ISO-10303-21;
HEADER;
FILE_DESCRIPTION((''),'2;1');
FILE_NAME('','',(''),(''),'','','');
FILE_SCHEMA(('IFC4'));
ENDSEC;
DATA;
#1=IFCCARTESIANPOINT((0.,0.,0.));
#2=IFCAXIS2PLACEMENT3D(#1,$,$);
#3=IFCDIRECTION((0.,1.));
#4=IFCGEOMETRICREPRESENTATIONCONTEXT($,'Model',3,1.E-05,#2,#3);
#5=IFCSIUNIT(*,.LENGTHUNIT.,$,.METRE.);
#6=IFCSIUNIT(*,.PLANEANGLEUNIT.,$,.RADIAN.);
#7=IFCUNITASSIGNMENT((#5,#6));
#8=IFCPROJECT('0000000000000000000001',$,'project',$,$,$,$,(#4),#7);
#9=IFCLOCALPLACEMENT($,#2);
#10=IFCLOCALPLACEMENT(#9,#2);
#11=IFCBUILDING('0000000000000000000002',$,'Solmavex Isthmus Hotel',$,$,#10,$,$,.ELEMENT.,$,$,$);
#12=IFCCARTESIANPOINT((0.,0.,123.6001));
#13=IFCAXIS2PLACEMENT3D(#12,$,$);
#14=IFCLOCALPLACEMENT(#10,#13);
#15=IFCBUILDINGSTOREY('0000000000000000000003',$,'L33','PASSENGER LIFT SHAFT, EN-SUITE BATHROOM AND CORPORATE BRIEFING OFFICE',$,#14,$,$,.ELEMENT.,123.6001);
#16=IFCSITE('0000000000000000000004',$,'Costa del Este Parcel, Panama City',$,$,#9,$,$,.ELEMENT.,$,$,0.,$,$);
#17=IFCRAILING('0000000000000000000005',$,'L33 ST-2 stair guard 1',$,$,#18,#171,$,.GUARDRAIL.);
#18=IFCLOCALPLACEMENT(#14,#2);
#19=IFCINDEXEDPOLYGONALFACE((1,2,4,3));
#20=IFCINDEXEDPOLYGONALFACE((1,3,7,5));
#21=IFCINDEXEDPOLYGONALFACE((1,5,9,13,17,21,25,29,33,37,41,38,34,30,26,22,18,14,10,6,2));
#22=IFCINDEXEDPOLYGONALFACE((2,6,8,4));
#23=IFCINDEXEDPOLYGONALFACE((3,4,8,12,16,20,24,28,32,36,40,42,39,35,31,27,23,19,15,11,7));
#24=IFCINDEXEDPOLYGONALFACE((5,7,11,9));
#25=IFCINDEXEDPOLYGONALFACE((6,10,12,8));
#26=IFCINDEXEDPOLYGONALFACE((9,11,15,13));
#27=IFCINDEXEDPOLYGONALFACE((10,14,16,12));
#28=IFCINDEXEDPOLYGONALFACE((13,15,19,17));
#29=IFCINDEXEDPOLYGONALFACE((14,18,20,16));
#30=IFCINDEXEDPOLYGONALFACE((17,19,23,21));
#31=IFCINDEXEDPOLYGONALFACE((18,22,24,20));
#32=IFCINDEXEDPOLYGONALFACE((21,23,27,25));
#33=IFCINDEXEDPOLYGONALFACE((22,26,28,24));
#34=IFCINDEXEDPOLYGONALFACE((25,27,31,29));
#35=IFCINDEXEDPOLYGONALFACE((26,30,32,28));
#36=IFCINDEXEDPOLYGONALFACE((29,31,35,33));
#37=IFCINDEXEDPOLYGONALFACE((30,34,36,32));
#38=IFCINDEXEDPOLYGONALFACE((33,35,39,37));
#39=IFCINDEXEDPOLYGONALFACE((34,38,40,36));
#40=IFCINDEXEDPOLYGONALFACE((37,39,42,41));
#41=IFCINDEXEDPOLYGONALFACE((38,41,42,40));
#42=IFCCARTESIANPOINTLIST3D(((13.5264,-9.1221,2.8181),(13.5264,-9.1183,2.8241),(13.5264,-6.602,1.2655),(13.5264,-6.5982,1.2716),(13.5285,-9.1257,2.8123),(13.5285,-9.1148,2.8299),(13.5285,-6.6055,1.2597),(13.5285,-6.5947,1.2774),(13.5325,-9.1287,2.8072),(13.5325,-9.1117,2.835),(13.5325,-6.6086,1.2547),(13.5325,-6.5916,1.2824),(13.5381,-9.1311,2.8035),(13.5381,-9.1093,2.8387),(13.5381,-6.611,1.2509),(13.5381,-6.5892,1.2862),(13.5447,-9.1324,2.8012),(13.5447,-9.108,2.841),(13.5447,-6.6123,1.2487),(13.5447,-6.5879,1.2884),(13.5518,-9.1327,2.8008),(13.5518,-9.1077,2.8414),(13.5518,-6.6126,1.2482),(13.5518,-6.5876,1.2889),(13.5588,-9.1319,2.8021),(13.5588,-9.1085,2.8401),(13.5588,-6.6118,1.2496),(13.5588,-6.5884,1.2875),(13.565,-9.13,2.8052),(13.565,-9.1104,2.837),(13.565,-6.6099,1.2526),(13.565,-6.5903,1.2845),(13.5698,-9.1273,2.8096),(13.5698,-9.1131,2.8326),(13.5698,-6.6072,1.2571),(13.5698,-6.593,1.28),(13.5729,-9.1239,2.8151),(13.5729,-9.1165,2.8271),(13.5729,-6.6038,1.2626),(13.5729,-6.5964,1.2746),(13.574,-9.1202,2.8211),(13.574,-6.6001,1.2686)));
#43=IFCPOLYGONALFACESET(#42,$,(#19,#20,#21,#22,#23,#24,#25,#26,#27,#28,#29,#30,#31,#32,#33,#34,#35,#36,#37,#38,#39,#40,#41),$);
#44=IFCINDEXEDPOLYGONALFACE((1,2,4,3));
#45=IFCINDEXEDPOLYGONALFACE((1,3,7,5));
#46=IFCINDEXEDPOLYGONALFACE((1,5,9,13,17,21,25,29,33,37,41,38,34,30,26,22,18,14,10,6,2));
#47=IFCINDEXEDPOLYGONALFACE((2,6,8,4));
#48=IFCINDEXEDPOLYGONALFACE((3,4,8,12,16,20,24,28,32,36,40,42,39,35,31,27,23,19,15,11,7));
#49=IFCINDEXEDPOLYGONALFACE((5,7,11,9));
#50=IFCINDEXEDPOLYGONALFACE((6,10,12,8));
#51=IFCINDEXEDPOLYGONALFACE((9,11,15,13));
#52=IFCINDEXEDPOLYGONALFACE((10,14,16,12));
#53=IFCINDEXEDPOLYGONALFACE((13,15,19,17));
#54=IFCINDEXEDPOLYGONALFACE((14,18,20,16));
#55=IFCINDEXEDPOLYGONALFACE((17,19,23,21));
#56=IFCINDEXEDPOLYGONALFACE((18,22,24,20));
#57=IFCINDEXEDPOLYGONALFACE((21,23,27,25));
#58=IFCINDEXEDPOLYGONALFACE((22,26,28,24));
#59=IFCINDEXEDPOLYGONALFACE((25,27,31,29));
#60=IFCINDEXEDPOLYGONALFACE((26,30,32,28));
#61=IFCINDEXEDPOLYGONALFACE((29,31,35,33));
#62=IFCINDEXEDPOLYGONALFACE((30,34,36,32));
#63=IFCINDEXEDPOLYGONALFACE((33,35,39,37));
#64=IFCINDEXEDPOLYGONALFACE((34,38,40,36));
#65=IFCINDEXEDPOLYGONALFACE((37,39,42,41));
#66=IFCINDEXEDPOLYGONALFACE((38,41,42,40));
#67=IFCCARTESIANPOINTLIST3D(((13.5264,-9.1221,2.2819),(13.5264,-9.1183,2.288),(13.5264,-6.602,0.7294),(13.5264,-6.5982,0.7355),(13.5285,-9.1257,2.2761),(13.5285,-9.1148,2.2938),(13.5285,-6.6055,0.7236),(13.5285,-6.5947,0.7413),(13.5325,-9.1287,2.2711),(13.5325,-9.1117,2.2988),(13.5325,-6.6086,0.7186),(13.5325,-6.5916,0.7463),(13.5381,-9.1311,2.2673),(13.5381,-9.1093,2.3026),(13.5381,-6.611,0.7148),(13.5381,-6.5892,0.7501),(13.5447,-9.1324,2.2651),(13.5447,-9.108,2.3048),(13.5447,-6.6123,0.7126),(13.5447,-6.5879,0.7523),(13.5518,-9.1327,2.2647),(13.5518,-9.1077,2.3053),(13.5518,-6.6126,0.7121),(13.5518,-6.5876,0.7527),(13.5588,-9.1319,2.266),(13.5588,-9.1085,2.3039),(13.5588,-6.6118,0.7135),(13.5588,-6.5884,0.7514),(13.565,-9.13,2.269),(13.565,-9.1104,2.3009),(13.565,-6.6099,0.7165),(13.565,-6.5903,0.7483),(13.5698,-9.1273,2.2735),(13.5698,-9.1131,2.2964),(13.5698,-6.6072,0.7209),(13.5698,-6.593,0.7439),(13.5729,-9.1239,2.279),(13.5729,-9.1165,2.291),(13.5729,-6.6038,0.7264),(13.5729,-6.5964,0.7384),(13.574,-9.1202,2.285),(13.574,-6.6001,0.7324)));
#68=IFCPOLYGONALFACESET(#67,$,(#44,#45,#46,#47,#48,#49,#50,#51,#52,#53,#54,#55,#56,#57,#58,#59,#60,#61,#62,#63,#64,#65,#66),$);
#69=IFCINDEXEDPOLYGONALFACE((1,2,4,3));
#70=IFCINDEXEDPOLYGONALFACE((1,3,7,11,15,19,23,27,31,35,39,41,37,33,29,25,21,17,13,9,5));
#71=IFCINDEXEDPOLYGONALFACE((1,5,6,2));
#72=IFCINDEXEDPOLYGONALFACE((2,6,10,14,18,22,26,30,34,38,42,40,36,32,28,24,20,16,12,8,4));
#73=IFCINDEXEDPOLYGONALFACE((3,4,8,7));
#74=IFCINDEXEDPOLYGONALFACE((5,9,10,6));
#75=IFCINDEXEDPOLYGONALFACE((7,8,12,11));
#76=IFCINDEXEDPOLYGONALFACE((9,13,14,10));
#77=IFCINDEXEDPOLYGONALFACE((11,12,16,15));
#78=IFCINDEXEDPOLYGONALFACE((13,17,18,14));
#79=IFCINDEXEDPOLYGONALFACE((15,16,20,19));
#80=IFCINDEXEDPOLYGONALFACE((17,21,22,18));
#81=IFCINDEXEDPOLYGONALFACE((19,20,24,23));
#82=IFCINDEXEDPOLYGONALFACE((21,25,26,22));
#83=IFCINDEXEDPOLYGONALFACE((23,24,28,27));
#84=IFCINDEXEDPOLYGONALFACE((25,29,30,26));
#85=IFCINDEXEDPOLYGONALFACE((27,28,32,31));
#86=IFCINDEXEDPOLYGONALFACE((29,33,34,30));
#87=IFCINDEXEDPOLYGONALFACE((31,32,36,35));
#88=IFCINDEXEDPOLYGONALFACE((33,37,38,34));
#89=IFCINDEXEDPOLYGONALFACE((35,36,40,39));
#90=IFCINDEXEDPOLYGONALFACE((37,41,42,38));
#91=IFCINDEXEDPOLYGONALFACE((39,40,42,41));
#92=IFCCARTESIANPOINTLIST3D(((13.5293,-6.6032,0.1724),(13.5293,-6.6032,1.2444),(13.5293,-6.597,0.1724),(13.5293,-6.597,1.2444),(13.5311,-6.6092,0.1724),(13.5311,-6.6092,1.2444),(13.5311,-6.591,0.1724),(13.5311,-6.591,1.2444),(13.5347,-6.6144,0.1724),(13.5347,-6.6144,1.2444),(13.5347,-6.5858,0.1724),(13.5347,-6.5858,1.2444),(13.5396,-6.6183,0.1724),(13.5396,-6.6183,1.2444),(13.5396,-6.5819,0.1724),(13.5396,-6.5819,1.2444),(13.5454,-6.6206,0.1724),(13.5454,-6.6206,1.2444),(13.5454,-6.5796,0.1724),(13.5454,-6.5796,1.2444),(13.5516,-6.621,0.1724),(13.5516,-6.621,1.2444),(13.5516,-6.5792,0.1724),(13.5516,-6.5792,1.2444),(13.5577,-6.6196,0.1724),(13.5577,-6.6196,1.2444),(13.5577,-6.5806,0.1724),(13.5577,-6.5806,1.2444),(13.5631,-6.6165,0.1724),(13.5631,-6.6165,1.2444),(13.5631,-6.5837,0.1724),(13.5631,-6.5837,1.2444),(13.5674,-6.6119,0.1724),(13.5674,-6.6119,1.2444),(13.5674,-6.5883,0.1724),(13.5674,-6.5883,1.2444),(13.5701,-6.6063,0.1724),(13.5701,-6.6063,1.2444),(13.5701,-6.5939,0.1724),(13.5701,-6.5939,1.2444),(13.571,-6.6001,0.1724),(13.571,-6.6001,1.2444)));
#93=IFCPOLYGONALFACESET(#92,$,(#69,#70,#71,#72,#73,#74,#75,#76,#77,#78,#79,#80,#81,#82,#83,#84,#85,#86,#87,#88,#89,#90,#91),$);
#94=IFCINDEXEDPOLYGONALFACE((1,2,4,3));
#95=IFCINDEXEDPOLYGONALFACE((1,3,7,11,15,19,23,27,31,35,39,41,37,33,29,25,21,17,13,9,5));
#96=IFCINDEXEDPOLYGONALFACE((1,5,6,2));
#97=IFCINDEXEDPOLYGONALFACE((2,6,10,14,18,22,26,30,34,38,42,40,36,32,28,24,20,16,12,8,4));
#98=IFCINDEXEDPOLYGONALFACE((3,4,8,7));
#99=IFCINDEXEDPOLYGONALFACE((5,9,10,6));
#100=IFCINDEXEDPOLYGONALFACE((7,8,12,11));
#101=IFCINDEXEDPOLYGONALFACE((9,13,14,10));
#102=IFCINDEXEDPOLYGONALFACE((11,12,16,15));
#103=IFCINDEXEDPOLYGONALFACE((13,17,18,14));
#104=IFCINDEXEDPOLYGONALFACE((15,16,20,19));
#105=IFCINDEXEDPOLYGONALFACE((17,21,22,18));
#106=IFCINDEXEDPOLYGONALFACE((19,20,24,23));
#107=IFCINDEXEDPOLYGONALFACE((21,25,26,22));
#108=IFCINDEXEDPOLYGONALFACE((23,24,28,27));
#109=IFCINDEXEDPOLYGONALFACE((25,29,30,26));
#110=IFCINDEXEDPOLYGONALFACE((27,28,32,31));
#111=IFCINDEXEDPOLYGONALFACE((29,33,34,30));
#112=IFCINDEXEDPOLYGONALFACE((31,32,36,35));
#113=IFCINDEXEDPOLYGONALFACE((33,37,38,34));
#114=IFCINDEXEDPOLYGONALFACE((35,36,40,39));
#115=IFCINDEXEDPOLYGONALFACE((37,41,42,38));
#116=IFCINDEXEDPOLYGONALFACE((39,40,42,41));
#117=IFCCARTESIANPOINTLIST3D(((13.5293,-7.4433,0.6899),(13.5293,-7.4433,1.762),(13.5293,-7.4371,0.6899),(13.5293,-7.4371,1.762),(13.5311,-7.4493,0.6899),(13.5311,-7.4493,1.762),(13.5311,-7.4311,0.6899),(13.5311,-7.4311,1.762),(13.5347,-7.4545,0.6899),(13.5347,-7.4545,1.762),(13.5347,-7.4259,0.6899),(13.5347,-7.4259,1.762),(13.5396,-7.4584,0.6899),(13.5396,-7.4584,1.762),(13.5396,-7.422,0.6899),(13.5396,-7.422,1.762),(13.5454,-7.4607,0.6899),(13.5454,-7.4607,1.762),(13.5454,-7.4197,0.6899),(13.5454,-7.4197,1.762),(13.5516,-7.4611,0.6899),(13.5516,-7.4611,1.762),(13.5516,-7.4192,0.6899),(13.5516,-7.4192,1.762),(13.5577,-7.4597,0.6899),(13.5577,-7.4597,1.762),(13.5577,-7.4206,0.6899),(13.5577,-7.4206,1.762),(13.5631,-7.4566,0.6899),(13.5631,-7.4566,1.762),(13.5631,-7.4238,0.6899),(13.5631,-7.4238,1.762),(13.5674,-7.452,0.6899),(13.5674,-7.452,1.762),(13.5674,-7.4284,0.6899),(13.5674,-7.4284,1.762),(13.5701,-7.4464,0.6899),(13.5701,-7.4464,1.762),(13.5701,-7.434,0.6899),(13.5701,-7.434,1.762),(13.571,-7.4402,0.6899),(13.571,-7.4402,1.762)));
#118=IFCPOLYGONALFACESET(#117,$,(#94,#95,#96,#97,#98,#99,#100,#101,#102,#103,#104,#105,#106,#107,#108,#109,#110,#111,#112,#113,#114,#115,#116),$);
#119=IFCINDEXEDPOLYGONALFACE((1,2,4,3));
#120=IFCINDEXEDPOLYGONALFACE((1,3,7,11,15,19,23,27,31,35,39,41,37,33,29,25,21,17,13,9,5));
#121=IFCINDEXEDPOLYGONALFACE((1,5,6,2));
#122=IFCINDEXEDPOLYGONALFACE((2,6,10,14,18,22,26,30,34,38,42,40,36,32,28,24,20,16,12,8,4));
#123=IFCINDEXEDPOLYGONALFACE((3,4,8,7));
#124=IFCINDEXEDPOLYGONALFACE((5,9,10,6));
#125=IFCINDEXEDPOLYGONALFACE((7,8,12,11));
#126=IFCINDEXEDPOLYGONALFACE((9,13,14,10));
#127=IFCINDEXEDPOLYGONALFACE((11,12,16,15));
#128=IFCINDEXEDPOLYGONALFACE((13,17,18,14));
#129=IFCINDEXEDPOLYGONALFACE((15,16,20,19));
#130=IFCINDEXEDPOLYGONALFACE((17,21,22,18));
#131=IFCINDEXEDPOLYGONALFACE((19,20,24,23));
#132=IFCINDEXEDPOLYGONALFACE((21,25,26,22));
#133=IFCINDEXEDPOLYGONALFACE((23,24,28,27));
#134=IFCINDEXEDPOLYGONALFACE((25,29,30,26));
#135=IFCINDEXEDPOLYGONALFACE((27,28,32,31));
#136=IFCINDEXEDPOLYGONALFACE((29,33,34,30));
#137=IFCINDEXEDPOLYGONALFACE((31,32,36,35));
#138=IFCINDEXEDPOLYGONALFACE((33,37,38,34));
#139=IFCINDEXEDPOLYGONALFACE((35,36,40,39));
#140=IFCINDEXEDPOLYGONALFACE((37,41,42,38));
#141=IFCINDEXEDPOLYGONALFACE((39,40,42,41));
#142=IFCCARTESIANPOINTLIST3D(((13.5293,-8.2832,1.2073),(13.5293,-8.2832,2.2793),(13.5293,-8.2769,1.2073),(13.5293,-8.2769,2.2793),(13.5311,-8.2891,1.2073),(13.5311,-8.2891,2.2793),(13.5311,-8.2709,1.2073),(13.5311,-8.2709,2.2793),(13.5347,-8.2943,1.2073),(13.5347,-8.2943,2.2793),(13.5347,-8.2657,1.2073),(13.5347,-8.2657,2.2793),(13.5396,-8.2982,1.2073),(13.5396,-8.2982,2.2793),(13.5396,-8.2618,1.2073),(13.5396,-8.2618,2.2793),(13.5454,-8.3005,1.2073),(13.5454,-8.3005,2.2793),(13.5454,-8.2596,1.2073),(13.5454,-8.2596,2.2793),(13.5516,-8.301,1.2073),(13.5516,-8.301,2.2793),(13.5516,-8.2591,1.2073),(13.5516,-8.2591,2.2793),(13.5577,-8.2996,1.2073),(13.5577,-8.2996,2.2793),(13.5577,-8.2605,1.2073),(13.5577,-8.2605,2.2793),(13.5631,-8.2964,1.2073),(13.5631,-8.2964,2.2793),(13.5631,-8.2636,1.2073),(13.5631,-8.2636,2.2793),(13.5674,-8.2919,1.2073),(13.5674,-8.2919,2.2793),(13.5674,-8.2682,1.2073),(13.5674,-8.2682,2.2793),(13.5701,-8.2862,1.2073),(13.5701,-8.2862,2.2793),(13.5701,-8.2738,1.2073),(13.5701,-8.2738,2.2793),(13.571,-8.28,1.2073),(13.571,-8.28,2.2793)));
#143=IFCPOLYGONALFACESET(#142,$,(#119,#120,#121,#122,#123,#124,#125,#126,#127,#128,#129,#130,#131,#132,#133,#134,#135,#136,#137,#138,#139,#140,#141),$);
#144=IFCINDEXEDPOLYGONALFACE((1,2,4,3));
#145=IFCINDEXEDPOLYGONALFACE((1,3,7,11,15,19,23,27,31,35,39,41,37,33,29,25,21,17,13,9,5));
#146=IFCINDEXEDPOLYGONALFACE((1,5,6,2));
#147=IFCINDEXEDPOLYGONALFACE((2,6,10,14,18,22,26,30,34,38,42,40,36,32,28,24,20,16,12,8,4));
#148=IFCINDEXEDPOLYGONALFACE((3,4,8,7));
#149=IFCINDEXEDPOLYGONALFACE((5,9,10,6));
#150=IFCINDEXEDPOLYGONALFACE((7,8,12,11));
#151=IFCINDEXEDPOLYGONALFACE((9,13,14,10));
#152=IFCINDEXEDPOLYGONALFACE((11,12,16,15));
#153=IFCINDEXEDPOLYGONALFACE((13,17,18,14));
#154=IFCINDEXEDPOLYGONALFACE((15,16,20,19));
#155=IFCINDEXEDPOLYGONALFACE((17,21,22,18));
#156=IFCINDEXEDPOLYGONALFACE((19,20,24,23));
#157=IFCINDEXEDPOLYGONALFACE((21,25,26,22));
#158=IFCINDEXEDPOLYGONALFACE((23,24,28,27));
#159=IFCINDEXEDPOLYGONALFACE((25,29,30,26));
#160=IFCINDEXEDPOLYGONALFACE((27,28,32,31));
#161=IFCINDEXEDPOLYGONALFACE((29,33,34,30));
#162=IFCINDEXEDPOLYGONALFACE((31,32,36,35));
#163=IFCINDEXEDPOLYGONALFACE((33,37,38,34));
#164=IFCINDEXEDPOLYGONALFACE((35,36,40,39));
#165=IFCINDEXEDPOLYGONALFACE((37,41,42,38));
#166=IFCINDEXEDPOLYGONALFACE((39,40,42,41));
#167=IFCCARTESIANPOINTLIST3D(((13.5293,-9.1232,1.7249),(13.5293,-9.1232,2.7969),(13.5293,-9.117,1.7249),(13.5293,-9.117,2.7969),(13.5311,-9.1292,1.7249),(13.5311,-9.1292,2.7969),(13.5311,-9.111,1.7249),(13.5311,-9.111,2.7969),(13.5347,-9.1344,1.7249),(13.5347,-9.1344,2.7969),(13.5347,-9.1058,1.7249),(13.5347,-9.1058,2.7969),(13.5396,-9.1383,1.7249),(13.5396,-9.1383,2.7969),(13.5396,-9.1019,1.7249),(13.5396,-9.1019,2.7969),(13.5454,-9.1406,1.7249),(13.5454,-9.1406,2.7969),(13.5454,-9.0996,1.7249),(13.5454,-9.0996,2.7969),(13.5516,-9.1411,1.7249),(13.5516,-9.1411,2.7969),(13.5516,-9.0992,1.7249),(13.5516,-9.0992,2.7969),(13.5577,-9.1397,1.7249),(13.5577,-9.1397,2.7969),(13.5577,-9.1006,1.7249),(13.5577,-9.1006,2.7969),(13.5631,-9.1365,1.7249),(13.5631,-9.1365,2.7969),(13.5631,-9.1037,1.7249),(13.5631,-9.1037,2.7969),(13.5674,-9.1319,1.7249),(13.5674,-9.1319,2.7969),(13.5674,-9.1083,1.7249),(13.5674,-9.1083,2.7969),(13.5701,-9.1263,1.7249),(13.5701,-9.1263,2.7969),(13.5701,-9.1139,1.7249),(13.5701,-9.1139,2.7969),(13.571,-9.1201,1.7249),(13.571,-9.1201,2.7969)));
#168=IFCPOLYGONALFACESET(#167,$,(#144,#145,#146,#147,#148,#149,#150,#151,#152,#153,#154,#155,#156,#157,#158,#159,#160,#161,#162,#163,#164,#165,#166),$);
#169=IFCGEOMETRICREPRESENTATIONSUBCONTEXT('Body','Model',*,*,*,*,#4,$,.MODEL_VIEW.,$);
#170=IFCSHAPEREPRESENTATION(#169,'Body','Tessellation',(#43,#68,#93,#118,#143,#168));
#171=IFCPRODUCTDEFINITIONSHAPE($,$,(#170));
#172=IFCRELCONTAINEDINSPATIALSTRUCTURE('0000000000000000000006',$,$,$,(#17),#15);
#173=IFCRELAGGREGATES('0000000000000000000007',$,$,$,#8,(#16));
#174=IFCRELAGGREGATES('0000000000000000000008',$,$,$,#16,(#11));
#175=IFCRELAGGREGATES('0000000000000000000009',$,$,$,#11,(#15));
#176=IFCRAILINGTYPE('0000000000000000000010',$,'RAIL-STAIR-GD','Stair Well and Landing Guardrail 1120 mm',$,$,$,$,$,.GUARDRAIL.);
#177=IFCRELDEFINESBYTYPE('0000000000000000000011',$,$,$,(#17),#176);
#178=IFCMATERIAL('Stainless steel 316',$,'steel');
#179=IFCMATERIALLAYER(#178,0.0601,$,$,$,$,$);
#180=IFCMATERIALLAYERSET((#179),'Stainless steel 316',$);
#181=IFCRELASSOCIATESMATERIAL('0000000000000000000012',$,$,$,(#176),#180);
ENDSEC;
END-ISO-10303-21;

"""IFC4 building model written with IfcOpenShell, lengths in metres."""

from ifc_helpers import new_model, si_unit, direction, frame, origin, origin_2d, place, context, subcontext, project, spatial, circle, extrude, material, layer, layer_set, type_object, element, save


model = new_model("IFC4")

# Units and contexts
model_context = context("Model", 3, precision=1e-05, world=origin(), true_north=direction((0.0, 1.0)))
body_context = subcontext(model_context, "Body", "Model", "MODEL_VIEW")
ifc_project = project(units=[si_unit("LENGTHUNIT", "METRE"), si_unit("PLANEANGLEUNIT", "RADIAN")], contexts=[model_context])

# Site, building, storey
site_placement = place(None, origin())
site = spatial("IfcSite", under=ifc_project, at=site_placement, Name="Costa del Este Parcel, Panama City", CompositionType="ELEMENT", RefElevation=0.0)
building_placement = place(site_placement, origin())
building = spatial("IfcBuilding", under=site, at=building_placement, Name="Solmavex Isthmus Hotel", CompositionType="ELEMENT")
storey_placement = place(building_placement, frame((0.0, 0.0, 123.6001)))
storey = spatial("IfcBuildingStorey", under=building, at=storey_placement, Name="L33", Description="PASSENGER LIFT SHAFT, EN-SUITE BATHROOM AND CORPORATE BRIEFING OFFICE", CompositionType="ELEMENT", Elevation=123.6001)

# Shared definitions
ifc_material_1 = material(Name="Stainless steel 316", Category="steel")

# Railing
ifc_layer_1 = layer(ifc_material_1, 0.0601)
ifc_layer_set_1 = layer_set([ifc_layer_1], Name="Stainless steel 316")
railing_type_1 = type_object("IfcRailingType", Name="RAIL-STAIR-GD", Description="Stair Well and Landing Guardrail 1120 mm", PredefinedType="GUARDRAIL", material=ifc_layer_set_1)
railing_1_placement = place(storey_placement, frame((13.55, -6.6001, 0.1724)))
element("IfcRailing", 1, at=railing_1_placement, inside=storey, type_object=railing_type_1, Name="L33 ST-2 stair guard 1", PredefinedType="GUARDRAIL", context=body_context, shape_type="SweptSolid", body=[
    extrude(circle(Radius=0.0239, at=origin_2d()), frame((0.0, 0.0, 1.0962), z_axis=(0.0, -0.8514, 0.524516), x_axis=(1.0, 0.0, 0.0)), (0.0, 0.0, 1.0), 2.96),
    extrude(circle(Radius=0.0239, at=origin_2d()), frame((0.0, 0.0, 0.5601), z_axis=(0.0, -0.8514, 0.524516), x_axis=(1.0, 0.0, 0.0)), (0.0, 0.0, 1.0), 2.96),
    extrude(circle(Radius=0.021, at=origin_2d()), origin(), (0.0, 0.0, 1.0), 1.072),
    extrude(circle(Radius=0.021, at=origin_2d()), frame((0.0, -0.8401, 0.5176)), (0.0, 0.0, 1.0), 1.072),
    extrude(circle(Radius=0.021, at=origin_2d()), frame((0.0, -1.6799, 1.0349)), (0.0, 0.0, 1.0), 1.072),
    extrude(circle(Radius=0.021, at=origin_2d()), frame((0.0, -2.52, 1.5525)), (0.0, 0.0, 1.0), 1.072),
])

save(model, "model.ifc")
